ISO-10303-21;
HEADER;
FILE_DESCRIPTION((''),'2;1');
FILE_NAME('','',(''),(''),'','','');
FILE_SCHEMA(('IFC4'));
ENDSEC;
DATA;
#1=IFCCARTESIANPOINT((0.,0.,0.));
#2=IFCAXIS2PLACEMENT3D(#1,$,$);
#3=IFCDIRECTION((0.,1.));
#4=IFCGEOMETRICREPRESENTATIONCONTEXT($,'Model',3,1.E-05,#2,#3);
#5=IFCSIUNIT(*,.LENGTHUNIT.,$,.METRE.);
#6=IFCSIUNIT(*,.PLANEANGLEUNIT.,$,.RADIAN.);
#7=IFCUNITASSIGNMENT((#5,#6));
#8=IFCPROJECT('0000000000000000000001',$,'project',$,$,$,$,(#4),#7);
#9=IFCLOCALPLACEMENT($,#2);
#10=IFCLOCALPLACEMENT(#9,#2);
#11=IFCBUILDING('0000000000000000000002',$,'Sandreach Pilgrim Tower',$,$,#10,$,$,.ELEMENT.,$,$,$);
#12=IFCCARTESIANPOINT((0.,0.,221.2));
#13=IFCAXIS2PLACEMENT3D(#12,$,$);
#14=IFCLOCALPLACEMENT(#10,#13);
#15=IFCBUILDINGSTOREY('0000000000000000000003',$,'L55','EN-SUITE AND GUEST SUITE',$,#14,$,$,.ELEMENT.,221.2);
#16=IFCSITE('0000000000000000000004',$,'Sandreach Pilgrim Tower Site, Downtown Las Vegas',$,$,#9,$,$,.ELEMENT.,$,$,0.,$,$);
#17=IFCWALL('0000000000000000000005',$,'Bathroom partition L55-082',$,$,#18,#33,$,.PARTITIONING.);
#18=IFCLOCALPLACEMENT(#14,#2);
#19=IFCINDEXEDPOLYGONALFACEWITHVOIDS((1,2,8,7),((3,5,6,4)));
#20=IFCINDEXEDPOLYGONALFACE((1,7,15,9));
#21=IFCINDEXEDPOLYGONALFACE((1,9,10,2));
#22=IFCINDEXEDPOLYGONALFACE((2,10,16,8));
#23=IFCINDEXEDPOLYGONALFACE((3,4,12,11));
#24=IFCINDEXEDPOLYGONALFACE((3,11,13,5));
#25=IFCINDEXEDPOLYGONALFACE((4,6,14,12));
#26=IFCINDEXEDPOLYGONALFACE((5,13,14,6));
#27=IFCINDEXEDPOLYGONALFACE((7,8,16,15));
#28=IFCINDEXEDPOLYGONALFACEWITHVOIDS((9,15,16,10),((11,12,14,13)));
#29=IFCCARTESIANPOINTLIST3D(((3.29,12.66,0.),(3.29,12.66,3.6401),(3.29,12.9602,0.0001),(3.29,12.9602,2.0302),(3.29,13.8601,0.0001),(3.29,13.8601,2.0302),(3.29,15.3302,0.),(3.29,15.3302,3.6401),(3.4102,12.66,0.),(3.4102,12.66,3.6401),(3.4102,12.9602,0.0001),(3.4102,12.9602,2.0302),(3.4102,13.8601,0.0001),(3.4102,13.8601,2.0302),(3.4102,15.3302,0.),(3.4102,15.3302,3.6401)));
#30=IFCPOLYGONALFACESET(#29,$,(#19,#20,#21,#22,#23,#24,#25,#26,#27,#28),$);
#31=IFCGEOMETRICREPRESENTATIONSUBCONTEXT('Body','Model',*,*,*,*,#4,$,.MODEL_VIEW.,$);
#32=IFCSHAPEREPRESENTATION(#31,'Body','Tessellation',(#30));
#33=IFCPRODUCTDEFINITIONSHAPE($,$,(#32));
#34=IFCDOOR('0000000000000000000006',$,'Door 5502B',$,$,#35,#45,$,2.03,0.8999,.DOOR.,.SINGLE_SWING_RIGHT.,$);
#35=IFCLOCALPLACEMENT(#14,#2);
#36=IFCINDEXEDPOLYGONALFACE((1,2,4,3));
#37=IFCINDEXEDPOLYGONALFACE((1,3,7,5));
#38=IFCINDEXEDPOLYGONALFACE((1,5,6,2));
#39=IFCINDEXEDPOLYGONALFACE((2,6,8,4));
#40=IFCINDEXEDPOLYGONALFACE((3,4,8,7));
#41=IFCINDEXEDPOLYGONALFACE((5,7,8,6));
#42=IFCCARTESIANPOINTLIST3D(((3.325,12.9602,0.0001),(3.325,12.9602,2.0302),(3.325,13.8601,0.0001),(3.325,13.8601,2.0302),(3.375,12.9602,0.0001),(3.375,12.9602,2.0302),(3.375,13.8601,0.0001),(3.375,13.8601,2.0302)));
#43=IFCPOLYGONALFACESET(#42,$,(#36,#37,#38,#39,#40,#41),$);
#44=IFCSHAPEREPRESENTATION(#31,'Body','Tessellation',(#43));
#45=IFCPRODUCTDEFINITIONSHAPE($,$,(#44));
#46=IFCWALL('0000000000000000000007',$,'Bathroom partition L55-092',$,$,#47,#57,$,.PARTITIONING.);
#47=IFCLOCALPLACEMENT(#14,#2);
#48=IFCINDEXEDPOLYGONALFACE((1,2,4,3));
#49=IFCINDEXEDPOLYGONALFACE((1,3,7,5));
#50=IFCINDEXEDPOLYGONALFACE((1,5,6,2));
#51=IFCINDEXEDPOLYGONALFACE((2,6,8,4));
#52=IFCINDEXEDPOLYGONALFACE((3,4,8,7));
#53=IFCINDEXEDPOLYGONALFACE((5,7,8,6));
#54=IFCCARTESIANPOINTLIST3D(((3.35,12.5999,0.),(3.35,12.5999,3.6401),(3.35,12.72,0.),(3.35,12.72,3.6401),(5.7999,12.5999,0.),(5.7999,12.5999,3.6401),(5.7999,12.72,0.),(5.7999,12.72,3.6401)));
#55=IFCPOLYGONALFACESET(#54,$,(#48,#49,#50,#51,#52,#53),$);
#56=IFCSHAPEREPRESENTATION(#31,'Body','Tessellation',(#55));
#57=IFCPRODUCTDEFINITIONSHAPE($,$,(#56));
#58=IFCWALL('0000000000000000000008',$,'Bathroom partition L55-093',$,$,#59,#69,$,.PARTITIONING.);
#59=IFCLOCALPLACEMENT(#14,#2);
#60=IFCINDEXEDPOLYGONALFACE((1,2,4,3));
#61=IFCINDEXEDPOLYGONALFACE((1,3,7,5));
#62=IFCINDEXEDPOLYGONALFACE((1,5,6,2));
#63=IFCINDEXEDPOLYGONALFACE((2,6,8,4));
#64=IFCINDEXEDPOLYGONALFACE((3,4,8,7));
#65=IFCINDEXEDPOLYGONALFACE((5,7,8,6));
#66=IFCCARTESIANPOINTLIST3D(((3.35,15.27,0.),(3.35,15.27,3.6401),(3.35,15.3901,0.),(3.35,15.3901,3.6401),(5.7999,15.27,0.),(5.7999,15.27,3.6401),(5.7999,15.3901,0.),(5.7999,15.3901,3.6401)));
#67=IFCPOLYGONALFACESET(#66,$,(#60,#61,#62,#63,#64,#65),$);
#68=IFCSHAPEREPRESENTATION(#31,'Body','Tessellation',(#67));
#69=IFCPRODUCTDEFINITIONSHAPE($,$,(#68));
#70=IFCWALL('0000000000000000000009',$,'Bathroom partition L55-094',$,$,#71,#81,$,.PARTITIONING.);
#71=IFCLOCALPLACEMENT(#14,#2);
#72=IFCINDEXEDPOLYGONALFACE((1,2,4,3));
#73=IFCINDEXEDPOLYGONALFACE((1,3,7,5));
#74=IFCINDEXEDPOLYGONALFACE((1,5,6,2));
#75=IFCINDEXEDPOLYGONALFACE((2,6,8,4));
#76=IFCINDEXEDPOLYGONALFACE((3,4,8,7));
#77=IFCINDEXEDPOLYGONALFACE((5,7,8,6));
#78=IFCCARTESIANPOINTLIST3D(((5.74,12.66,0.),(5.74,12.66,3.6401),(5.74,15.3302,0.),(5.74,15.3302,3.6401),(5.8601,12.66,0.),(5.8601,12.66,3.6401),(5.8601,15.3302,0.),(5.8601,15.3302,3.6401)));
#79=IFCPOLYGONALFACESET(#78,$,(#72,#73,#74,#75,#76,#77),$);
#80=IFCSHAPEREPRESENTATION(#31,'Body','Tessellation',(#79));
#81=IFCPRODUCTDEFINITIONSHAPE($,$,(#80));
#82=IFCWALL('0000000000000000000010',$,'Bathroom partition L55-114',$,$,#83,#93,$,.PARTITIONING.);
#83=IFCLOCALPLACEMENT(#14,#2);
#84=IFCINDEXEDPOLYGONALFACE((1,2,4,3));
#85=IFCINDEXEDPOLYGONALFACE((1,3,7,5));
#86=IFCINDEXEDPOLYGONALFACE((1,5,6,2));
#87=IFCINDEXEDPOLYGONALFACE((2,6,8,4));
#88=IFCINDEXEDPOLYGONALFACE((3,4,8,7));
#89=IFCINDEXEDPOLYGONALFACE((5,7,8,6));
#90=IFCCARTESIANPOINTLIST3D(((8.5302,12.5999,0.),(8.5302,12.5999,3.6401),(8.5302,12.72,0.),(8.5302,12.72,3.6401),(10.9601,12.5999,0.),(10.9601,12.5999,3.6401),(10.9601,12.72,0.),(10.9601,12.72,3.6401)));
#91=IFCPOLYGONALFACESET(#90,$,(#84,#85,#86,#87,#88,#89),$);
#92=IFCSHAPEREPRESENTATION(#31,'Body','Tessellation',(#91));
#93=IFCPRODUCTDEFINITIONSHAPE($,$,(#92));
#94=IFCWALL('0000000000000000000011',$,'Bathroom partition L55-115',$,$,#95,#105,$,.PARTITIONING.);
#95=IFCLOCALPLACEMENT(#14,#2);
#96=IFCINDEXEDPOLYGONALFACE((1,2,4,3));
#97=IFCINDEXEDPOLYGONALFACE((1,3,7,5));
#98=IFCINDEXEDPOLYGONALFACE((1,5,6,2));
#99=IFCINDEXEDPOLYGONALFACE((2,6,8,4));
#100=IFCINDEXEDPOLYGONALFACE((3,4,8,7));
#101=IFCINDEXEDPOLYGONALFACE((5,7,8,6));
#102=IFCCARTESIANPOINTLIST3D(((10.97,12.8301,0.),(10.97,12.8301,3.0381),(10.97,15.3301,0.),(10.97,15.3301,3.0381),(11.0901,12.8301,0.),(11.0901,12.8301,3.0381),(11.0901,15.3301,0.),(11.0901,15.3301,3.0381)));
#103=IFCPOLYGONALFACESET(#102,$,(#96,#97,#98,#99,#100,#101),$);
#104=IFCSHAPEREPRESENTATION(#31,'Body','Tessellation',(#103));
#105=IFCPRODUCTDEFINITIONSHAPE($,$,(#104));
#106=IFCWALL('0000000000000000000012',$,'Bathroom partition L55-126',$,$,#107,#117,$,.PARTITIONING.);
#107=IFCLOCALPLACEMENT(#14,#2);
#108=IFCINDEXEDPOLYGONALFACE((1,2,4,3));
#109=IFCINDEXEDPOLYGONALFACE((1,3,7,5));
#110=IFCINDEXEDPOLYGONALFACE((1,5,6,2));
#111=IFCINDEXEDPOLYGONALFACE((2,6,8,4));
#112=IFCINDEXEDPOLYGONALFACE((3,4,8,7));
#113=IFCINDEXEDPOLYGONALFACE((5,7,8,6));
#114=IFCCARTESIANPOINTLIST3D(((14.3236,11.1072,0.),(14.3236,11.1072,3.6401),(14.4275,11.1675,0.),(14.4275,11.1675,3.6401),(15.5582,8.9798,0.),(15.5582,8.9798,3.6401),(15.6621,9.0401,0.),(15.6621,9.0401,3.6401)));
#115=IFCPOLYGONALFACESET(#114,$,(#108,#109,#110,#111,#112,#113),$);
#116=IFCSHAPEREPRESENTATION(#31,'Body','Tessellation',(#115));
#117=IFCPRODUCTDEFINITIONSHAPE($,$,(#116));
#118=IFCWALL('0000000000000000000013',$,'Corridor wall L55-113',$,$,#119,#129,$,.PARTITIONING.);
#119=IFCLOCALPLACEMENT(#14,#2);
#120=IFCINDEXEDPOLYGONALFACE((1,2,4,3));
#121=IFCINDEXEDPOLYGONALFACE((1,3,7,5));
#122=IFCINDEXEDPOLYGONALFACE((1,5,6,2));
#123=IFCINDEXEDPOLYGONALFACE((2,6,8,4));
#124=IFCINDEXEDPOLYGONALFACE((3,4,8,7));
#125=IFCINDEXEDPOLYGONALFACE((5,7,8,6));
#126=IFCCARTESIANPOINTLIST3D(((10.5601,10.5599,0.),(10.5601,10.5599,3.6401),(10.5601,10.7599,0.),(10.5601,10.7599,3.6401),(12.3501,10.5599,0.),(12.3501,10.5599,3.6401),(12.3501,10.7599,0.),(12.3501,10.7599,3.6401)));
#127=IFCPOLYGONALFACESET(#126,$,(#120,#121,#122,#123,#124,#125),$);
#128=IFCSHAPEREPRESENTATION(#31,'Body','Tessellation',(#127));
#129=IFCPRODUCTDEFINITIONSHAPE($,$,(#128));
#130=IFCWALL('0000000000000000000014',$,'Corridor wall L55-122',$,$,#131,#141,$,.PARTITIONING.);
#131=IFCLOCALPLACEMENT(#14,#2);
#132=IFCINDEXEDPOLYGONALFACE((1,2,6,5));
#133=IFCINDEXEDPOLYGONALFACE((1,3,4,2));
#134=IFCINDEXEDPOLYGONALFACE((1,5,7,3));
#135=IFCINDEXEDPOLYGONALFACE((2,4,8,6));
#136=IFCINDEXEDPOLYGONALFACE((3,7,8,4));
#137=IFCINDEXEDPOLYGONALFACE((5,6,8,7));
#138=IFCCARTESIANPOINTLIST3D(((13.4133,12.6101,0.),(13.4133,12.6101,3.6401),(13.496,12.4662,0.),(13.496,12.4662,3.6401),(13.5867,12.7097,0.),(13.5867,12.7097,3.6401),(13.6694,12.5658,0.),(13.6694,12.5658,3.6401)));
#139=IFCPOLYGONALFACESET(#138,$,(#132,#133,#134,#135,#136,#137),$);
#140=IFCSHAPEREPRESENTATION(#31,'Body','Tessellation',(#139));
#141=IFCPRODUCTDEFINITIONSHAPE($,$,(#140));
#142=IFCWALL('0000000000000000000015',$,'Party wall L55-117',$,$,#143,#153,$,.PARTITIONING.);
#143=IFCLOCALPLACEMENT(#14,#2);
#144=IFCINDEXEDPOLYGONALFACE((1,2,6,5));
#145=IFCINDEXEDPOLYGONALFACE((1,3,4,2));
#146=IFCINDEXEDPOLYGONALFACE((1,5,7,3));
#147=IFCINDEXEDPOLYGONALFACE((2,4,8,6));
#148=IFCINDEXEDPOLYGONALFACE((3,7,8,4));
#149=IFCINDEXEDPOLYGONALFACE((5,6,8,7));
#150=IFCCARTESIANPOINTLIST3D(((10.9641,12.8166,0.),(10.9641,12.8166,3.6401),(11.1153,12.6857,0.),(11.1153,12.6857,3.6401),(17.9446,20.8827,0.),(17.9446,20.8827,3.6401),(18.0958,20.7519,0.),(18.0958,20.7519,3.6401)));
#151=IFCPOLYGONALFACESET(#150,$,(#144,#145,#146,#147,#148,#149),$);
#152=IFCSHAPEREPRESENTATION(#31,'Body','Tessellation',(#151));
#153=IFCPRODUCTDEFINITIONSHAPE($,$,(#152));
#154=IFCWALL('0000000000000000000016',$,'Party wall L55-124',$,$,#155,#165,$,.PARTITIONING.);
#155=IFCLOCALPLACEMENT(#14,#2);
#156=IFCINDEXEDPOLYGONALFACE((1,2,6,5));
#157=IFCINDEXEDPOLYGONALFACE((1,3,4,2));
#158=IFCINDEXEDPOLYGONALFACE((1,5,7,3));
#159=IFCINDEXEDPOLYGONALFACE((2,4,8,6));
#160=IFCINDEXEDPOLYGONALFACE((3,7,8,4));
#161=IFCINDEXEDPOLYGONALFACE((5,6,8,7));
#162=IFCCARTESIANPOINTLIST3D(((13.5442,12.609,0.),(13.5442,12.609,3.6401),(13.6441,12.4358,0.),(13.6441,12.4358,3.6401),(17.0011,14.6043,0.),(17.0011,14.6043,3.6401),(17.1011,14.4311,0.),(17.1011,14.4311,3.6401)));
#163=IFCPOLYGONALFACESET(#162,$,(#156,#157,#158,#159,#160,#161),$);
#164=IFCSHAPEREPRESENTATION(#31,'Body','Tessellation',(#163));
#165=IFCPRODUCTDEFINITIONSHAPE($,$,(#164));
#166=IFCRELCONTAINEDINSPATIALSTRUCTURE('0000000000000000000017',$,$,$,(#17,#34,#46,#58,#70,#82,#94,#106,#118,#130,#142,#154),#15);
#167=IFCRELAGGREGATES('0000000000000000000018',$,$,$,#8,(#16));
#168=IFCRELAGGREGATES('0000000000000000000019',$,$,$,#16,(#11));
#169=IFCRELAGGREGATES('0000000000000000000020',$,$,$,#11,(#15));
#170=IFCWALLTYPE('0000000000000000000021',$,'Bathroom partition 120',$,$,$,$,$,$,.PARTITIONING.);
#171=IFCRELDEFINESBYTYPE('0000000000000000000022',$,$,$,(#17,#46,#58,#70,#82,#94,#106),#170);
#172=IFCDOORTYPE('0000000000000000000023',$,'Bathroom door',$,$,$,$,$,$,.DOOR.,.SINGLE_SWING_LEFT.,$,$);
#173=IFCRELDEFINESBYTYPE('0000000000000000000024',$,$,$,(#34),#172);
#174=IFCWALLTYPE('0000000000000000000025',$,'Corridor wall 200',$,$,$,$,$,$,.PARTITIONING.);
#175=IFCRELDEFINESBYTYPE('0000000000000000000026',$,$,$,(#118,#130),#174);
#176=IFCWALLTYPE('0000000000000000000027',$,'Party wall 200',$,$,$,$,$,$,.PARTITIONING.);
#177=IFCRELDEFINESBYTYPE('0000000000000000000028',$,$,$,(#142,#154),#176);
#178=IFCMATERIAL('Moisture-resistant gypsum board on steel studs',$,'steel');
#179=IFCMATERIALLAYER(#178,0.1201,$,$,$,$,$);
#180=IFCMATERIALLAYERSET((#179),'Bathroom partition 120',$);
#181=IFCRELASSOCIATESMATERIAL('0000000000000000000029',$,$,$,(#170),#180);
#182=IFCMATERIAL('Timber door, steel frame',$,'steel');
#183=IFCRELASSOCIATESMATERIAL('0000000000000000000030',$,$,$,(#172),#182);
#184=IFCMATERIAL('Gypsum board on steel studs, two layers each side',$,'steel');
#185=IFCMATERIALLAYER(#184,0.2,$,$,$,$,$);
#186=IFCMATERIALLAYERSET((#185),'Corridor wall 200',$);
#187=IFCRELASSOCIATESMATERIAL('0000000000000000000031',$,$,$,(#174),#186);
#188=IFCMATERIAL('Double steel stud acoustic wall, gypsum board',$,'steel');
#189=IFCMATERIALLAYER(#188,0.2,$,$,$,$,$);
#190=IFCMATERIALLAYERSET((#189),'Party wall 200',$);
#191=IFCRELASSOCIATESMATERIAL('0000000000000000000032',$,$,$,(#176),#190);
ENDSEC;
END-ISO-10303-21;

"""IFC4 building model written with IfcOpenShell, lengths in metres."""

from ifc_helpers import new_model, si_unit, direction, frame, frame_2d, origin, place, context, subcontext, project, spatial, rectangle, extrude, material, layer, layer_set, type_object, element, fill, save


model = new_model("IFC4")

# Units and contexts
model_context = context("Model", 3, precision=1e-05, world=origin(), true_north=direction((0.0, 1.0)))
body_context = subcontext(model_context, "Body", "Model", "MODEL_VIEW")
ifc_project = project(units=[si_unit("LENGTHUNIT", "METRE"), si_unit("PLANEANGLEUNIT", "RADIAN")], contexts=[model_context])

# Site, building, storey
site_placement = place(None, origin())
site = spatial("IfcSite", under=ifc_project, at=site_placement, Name="Sandreach Pilgrim Tower Site, Downtown Las Vegas", CompositionType="ELEMENT", RefElevation=0.0)
building_placement = place(site_placement, origin())
building = spatial("IfcBuilding", under=site, at=building_placement, Name="Sandreach Pilgrim Tower", CompositionType="ELEMENT")
storey_placement = place(building_placement, frame((0.0, 0.0, 221.2)))
storey = spatial("IfcBuildingStorey", under=building, at=storey_placement, Name="L55", Description="EN-SUITE AND GUEST SUITE", CompositionType="ELEMENT", Elevation=221.2)

# Wall, opening, door
ifc_material_1 = material(Name="Moisture-resistant gypsum board on steel studs", Category="steel")
ifc_layer_1 = layer(ifc_material_1, 0.1201)
ifc_layer_set_1 = layer_set([ifc_layer_1], Name="Bathroom partition 120")
wall_type_1 = type_object("IfcWallType", Name="Bathroom partition 120", PredefinedType="PARTITIONING", material=ifc_layer_set_1)
wall_1_placement = place(storey_placement, frame((3.3501, 15.3301, 0.0), z_axis=(0.0, 0.0, 1.0), x_axis=(0.0, -1.0, 0.0)))
wall_1 = element("IfcWall", 1, at=wall_1_placement, inside=storey, type_object=wall_type_1, Name="Bathroom partition L55-082", PredefinedType="PARTITIONING", context=body_context, shape_type="SweptSolid", body=[
    extrude(rectangle(XDim=2.6702, YDim=0.1201, at=frame_2d((1.335, 0.0))), origin(), (0.0, 0.0, 1.0), 3.6401),
])
opening_1_placement = place(wall_1_placement, frame((1.47, 0.0, 0.0)))
opening_1 = element("IfcOpeningElement", 2, at=opening_1_placement, cuts=wall_1, PredefinedType="OPENING", context=body_context, shape_type="SweptSolid", body=[
    extrude(rectangle(XDim=0.8999, YDim=2.03, at=frame_2d((0.45, 1.0151))), frame((0.0, 0.0601, 0.0), z_axis=(0.0, -1.0, 0.0), x_axis=(1.0, 0.0, 0.0)), (0.0, 0.0, 1.0), 0.1201),
])
ifc_material_2 = material(Name="Timber door, steel frame", Category="steel")
door_type_1 = type_object("IfcDoorType", Name="Bathroom door", OperationType="SINGLE_SWING_LEFT", PredefinedType="DOOR", material=ifc_material_2)
door_1_placement = place(opening_1_placement, origin())
door_1 = element("IfcDoor", 3, at=door_1_placement, inside=storey, type_object=door_type_1, Name="Door 5502B", OperationType="SINGLE_SWING_RIGHT", OverallHeight=2.03, OverallWidth=0.8999, PredefinedType="DOOR", context=body_context, shape_type="SweptSolid", body=[
    extrude(rectangle(XDim=0.8999, YDim=2.03, at=frame_2d((0.45, 1.0151))), frame((0.0, 0.0249, 0.0), z_axis=(0.0, -1.0, 0.0), x_axis=(1.0, 0.0, 0.0)), (0.0, 0.0, 1.0), 0.05),
])
fill(opening_1, door_1)

# Walls
for number, where, z_axis, x_axis, name in (
    (4, (5.8, 12.6599, 0.0), (0.0, 0.0, 1.0), (-1.0, 0.0, 0.0), "Bathroom partition L55-092"),
    (5, (5.8, 15.3301, 0.0), (0.0, 0.0, 1.0), (-1.0, 0.0, 0.0), "Bathroom partition L55-093"),
):
    element("IfcWall", number, at=place(storey_placement, frame(where, z_axis=z_axis, x_axis=x_axis)), inside=storey, type_object=wall_type_1, Name=name, PredefinedType="PARTITIONING", context=body_context, shape_type="SweptSolid", body=[
        extrude(rectangle(XDim=2.45, YDim=0.1201, at=frame_2d((1.2251, 0.0))), origin(), (0.0, 0.0, 1.0), 3.6401),
    ])
wall_2_placement = place(storey_placement, frame((5.8, 15.3301, 0.0), z_axis=(0.0, 0.0, 1.0), x_axis=(0.0, -1.0, 0.0)))
element("IfcWall", 6, at=wall_2_placement, inside=storey, type_object=wall_type_1, Name="Bathroom partition L55-094", PredefinedType="PARTITIONING", context=body_context, shape_type="SweptSolid", body=[
    extrude(rectangle(XDim=2.6702, YDim=0.1201, at=frame_2d((1.335, 0.0))), origin(), (0.0, 0.0, 1.0), 3.6401),
])
wall_3_placement = place(storey_placement, frame((10.96, 12.6599, 0.0), z_axis=(0.0, 0.0, 1.0), x_axis=(-1.0, 0.0, 0.0)))
element("IfcWall", 7, at=wall_3_placement, inside=storey, type_object=wall_type_1, Name="Bathroom partition L55-114", PredefinedType="PARTITIONING", context=body_context, shape_type="SweptSolid", body=[
    extrude(rectangle(XDim=2.4299, YDim=0.1201, at=frame_2d((1.2148, 0.0))), origin(), (0.0, 0.0, 1.0), 3.6401),
])
wall_4_placement = place(storey_placement, frame((11.03, 12.8301, 0.0), z_axis=(0.0, 0.0, 1.0), x_axis=(0.0, 1.0, 0.0)))
element("IfcWall", 8, at=wall_4_placement, inside=storey, type_object=wall_type_1, Name="Bathroom partition L55-115", PredefinedType="PARTITIONING", context=body_context, shape_type="SweptSolid", body=[
    extrude(rectangle(XDim=2.5, YDim=0.1201, at=frame_2d((1.25, 0.0))), origin(), (0.0, 0.0, 1.0), 3.0381),
])
wall_5_placement = place(storey_placement, frame((14.3755, 11.1375, 0.0), z_axis=(0.0, 0.0, 1.0), x_axis=(0.501932, -0.864907, 0.0)))
element("IfcWall", 9, at=wall_5_placement, inside=storey, type_object=wall_type_1, Name="Bathroom partition L55-126", PredefinedType="PARTITIONING", context=body_context, shape_type="SweptSolid", body=[
    extrude(rectangle(XDim=2.4597, YDim=0.1201, at=frame_2d((1.23, 0.0))), origin(), (0.0, 0.0, 1.0), 3.6401),
])

# Shared definitions
ifc_material_3 = material(Name="Gypsum board on steel studs, two layers each side", Category="steel")
ifc_layer_2 = layer(ifc_material_3, 0.2)
ifc_layer_set_2 = layer_set([ifc_layer_2], Name="Corridor wall 200")
wall_type_2 = type_object("IfcWallType", Name="Corridor wall 200", PredefinedType="PARTITIONING", material=ifc_layer_set_2)

# Wall
wall_6_placement = place(storey_placement, frame((10.5601, 10.6599, 0.0), z_axis=(0.0, 0.0, 1.0), x_axis=(1.0, 0.0, 0.0)))
element("IfcWall", 10, at=wall_6_placement, inside=storey, type_object=wall_type_2, Name="Corridor wall L55-113", PredefinedType="PARTITIONING", context=body_context, shape_type="SweptSolid", body=[
    extrude(rectangle(XDim=1.79, YDim=0.2, at=frame_2d((0.895, 0.0))), origin(), (0.0, 0.0, 1.0), 3.6401),
])

# Wall
wall_7_placement = place(storey_placement, frame((13.5, 12.6599, 0.0), z_axis=(0.0, 0.0, 1.0), x_axis=(0.498195, -0.867065, 0.0)))
element("IfcWall", 11, at=wall_7_placement, inside=storey, type_object=wall_type_2, Name="Corridor wall L55-122", PredefinedType="PARTITIONING", context=body_context, shape_type="SweptSolid", body=[
    extrude(rectangle(XDim=0.166, YDim=0.2, at=frame_2d((0.083, 0.0))), origin(), (0.0, 0.0, 1.0), 3.6401),
])

# Walls
ifc_material_4 = material(Name="Double steel stud acoustic wall, gypsum board", Category="steel")
ifc_layer_3 = layer(ifc_material_4, 0.2)
ifc_layer_set_3 = layer_set([ifc_layer_3], Name="Party wall 200")
wall_type_3 = type_object("IfcWallType", Name="Party wall 200", PredefinedType="PARTITIONING", material=ifc_layer_set_3)
wall_8_placement = place(storey_placement, frame((11.0398, 12.7512, 0.0), z_axis=(0.0, 0.0, 1.0), x_axis=(0.654384, 0.756162, 0.0)))
element("IfcWall", 12, at=wall_8_placement, inside=storey, type_object=wall_type_3, Name="Party wall L55-117", PredefinedType="PARTITIONING", context=body_context, shape_type="SweptSolid", body=[
    extrude(rectangle(XDim=10.6672, YDim=0.2, at=frame_2d((5.3335, 0.0))), origin(), (0.0, 0.0, 1.0), 3.6401),
])
wall_9_placement = place(storey_placement, frame((13.5942, 12.5225, 0.0), z_axis=(0.0, 0.0, 1.0), x_axis=(0.866086, 0.499895, 0.0)))
element("IfcWall", 13, at=wall_9_placement, inside=storey, type_object=wall_type_3, Name="Party wall L55-124", PredefinedType="PARTITIONING", context=body_context, shape_type="SweptSolid", body=[
    extrude(rectangle(XDim=3.9915, YDim=0.2, at=frame_2d((1.9956, 0.0))), origin(), (0.0, 0.0, 1.0), 3.6401),
])

save(model, "model.ifc")
